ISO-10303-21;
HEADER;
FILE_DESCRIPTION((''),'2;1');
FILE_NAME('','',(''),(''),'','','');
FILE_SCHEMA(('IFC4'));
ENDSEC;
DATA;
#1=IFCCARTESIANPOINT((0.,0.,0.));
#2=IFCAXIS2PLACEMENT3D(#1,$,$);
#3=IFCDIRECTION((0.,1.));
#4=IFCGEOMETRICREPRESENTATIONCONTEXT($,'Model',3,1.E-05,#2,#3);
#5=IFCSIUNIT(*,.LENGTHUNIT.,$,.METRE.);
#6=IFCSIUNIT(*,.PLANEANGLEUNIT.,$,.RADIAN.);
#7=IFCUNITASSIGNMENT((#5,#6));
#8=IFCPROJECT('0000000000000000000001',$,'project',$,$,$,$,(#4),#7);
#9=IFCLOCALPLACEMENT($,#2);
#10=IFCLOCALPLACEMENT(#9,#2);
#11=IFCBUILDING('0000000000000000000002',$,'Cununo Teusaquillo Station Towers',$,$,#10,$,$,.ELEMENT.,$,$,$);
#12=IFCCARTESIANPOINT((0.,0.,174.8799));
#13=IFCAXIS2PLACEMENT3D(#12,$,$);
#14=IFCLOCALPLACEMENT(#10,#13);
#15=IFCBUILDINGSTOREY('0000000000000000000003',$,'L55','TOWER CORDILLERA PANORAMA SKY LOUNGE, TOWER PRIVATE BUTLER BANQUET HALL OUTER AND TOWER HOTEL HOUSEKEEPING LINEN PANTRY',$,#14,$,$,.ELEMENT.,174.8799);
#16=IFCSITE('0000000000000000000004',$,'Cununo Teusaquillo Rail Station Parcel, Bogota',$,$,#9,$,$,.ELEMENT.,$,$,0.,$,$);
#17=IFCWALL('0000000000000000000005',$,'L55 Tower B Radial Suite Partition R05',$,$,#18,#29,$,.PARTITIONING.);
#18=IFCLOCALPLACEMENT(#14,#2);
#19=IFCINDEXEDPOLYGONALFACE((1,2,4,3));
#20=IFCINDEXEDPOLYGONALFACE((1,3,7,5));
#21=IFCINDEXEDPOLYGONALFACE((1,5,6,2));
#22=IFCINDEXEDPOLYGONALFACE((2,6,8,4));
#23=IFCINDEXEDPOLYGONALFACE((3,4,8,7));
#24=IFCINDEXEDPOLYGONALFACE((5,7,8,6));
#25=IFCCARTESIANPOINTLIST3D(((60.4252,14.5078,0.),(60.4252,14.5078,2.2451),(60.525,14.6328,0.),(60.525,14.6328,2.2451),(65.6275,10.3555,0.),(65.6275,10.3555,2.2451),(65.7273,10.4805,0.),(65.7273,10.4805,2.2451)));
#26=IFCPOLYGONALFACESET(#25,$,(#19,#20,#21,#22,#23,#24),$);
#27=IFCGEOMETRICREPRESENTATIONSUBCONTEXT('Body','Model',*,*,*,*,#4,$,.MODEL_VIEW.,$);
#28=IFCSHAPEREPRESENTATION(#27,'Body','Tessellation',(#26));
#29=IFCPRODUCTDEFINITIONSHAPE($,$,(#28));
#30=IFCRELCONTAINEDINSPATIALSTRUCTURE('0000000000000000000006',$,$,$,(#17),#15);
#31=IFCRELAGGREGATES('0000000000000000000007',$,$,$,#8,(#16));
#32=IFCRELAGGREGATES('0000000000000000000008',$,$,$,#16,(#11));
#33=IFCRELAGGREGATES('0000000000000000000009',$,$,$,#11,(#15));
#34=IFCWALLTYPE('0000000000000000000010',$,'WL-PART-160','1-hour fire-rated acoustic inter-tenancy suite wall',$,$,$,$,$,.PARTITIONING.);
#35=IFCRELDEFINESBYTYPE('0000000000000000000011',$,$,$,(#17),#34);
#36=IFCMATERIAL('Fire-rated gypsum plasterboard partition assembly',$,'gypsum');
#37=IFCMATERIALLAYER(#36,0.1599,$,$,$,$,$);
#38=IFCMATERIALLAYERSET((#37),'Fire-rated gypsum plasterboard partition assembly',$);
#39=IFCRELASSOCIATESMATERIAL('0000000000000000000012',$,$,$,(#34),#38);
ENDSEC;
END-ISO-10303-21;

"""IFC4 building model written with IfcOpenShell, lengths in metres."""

from ifc_helpers import new_model, si_unit, direction, frame, frame_2d, origin, place, context, subcontext, project, spatial, rectangle, extrude, material, layer, layer_set, type_object, element, save


model = new_model("IFC4")

# Units and contexts
model_context = context("Model", 3, precision=1e-05, world=origin(), true_north=direction((0.0, 1.0)))
body_context = subcontext(model_context, "Body", "Model", "MODEL_VIEW")
ifc_project = project(units=[si_unit("LENGTHUNIT", "METRE"), si_unit("PLANEANGLEUNIT", "RADIAN")], contexts=[model_context])

# Site, building, storey
site_placement = place(None, origin())
site = spatial("IfcSite", under=ifc_project, at=site_placement, Name="Cununo Teusaquillo Rail Station Parcel, Bogota", CompositionType="ELEMENT", RefElevation=0.0)
building_placement = place(site_placement, origin())
building = spatial("IfcBuilding", under=site, at=building_placement, Name="Cununo Teusaquillo Station Towers", CompositionType="ELEMENT")
storey_placement = place(building_placement, frame((0.0, 0.0, 174.8799)))
storey = spatial("IfcBuildingStorey", under=building, at=storey_placement, Name="L55", Description="TOWER CORDILLERA PANORAMA SKY LOUNGE, TOWER PRIVATE BUTLER BANQUET HALL OUTER AND TOWER HOTEL HOUSEKEEPING LINEN PANTRY", CompositionType="ELEMENT", Elevation=174.8799)

# Wall
ifc_material_1 = material(Name="Fire-rated gypsum plasterboard partition assembly", Category="gypsum")
ifc_layer_1 = layer(ifc_material_1, 0.1599)
ifc_layer_set_1 = layer_set([ifc_layer_1], Name="Fire-rated gypsum plasterboard partition assembly")
wall_type_1 = type_object("IfcWallType", Name="WL-PART-160", Description="1-hour fire-rated acoustic inter-tenancy suite wall", PredefinedType="PARTITIONING", material=ifc_layer_set_1)
wall_1_placement = place(storey_placement, frame((60.4751, 14.5703, 0.0), z_axis=(0.0, 0.0, 1.0), x_axis=(0.78157, -0.623818, 0.0)))
element("IfcWall", 1, at=wall_1_placement, inside=storey, type_object=wall_type_1, Name="L55 Tower B Radial Suite Partition R05", PredefinedType="PARTITIONING", context=body_context, shape_type="SweptSolid", body=[
    extrude(rectangle(XDim=6.6562, YDim=0.1599, at=frame_2d((3.3281, 0.0))), origin(), (0.0, 0.0, 1.0), 2.2451),
])

save(model, "model.ifc")
